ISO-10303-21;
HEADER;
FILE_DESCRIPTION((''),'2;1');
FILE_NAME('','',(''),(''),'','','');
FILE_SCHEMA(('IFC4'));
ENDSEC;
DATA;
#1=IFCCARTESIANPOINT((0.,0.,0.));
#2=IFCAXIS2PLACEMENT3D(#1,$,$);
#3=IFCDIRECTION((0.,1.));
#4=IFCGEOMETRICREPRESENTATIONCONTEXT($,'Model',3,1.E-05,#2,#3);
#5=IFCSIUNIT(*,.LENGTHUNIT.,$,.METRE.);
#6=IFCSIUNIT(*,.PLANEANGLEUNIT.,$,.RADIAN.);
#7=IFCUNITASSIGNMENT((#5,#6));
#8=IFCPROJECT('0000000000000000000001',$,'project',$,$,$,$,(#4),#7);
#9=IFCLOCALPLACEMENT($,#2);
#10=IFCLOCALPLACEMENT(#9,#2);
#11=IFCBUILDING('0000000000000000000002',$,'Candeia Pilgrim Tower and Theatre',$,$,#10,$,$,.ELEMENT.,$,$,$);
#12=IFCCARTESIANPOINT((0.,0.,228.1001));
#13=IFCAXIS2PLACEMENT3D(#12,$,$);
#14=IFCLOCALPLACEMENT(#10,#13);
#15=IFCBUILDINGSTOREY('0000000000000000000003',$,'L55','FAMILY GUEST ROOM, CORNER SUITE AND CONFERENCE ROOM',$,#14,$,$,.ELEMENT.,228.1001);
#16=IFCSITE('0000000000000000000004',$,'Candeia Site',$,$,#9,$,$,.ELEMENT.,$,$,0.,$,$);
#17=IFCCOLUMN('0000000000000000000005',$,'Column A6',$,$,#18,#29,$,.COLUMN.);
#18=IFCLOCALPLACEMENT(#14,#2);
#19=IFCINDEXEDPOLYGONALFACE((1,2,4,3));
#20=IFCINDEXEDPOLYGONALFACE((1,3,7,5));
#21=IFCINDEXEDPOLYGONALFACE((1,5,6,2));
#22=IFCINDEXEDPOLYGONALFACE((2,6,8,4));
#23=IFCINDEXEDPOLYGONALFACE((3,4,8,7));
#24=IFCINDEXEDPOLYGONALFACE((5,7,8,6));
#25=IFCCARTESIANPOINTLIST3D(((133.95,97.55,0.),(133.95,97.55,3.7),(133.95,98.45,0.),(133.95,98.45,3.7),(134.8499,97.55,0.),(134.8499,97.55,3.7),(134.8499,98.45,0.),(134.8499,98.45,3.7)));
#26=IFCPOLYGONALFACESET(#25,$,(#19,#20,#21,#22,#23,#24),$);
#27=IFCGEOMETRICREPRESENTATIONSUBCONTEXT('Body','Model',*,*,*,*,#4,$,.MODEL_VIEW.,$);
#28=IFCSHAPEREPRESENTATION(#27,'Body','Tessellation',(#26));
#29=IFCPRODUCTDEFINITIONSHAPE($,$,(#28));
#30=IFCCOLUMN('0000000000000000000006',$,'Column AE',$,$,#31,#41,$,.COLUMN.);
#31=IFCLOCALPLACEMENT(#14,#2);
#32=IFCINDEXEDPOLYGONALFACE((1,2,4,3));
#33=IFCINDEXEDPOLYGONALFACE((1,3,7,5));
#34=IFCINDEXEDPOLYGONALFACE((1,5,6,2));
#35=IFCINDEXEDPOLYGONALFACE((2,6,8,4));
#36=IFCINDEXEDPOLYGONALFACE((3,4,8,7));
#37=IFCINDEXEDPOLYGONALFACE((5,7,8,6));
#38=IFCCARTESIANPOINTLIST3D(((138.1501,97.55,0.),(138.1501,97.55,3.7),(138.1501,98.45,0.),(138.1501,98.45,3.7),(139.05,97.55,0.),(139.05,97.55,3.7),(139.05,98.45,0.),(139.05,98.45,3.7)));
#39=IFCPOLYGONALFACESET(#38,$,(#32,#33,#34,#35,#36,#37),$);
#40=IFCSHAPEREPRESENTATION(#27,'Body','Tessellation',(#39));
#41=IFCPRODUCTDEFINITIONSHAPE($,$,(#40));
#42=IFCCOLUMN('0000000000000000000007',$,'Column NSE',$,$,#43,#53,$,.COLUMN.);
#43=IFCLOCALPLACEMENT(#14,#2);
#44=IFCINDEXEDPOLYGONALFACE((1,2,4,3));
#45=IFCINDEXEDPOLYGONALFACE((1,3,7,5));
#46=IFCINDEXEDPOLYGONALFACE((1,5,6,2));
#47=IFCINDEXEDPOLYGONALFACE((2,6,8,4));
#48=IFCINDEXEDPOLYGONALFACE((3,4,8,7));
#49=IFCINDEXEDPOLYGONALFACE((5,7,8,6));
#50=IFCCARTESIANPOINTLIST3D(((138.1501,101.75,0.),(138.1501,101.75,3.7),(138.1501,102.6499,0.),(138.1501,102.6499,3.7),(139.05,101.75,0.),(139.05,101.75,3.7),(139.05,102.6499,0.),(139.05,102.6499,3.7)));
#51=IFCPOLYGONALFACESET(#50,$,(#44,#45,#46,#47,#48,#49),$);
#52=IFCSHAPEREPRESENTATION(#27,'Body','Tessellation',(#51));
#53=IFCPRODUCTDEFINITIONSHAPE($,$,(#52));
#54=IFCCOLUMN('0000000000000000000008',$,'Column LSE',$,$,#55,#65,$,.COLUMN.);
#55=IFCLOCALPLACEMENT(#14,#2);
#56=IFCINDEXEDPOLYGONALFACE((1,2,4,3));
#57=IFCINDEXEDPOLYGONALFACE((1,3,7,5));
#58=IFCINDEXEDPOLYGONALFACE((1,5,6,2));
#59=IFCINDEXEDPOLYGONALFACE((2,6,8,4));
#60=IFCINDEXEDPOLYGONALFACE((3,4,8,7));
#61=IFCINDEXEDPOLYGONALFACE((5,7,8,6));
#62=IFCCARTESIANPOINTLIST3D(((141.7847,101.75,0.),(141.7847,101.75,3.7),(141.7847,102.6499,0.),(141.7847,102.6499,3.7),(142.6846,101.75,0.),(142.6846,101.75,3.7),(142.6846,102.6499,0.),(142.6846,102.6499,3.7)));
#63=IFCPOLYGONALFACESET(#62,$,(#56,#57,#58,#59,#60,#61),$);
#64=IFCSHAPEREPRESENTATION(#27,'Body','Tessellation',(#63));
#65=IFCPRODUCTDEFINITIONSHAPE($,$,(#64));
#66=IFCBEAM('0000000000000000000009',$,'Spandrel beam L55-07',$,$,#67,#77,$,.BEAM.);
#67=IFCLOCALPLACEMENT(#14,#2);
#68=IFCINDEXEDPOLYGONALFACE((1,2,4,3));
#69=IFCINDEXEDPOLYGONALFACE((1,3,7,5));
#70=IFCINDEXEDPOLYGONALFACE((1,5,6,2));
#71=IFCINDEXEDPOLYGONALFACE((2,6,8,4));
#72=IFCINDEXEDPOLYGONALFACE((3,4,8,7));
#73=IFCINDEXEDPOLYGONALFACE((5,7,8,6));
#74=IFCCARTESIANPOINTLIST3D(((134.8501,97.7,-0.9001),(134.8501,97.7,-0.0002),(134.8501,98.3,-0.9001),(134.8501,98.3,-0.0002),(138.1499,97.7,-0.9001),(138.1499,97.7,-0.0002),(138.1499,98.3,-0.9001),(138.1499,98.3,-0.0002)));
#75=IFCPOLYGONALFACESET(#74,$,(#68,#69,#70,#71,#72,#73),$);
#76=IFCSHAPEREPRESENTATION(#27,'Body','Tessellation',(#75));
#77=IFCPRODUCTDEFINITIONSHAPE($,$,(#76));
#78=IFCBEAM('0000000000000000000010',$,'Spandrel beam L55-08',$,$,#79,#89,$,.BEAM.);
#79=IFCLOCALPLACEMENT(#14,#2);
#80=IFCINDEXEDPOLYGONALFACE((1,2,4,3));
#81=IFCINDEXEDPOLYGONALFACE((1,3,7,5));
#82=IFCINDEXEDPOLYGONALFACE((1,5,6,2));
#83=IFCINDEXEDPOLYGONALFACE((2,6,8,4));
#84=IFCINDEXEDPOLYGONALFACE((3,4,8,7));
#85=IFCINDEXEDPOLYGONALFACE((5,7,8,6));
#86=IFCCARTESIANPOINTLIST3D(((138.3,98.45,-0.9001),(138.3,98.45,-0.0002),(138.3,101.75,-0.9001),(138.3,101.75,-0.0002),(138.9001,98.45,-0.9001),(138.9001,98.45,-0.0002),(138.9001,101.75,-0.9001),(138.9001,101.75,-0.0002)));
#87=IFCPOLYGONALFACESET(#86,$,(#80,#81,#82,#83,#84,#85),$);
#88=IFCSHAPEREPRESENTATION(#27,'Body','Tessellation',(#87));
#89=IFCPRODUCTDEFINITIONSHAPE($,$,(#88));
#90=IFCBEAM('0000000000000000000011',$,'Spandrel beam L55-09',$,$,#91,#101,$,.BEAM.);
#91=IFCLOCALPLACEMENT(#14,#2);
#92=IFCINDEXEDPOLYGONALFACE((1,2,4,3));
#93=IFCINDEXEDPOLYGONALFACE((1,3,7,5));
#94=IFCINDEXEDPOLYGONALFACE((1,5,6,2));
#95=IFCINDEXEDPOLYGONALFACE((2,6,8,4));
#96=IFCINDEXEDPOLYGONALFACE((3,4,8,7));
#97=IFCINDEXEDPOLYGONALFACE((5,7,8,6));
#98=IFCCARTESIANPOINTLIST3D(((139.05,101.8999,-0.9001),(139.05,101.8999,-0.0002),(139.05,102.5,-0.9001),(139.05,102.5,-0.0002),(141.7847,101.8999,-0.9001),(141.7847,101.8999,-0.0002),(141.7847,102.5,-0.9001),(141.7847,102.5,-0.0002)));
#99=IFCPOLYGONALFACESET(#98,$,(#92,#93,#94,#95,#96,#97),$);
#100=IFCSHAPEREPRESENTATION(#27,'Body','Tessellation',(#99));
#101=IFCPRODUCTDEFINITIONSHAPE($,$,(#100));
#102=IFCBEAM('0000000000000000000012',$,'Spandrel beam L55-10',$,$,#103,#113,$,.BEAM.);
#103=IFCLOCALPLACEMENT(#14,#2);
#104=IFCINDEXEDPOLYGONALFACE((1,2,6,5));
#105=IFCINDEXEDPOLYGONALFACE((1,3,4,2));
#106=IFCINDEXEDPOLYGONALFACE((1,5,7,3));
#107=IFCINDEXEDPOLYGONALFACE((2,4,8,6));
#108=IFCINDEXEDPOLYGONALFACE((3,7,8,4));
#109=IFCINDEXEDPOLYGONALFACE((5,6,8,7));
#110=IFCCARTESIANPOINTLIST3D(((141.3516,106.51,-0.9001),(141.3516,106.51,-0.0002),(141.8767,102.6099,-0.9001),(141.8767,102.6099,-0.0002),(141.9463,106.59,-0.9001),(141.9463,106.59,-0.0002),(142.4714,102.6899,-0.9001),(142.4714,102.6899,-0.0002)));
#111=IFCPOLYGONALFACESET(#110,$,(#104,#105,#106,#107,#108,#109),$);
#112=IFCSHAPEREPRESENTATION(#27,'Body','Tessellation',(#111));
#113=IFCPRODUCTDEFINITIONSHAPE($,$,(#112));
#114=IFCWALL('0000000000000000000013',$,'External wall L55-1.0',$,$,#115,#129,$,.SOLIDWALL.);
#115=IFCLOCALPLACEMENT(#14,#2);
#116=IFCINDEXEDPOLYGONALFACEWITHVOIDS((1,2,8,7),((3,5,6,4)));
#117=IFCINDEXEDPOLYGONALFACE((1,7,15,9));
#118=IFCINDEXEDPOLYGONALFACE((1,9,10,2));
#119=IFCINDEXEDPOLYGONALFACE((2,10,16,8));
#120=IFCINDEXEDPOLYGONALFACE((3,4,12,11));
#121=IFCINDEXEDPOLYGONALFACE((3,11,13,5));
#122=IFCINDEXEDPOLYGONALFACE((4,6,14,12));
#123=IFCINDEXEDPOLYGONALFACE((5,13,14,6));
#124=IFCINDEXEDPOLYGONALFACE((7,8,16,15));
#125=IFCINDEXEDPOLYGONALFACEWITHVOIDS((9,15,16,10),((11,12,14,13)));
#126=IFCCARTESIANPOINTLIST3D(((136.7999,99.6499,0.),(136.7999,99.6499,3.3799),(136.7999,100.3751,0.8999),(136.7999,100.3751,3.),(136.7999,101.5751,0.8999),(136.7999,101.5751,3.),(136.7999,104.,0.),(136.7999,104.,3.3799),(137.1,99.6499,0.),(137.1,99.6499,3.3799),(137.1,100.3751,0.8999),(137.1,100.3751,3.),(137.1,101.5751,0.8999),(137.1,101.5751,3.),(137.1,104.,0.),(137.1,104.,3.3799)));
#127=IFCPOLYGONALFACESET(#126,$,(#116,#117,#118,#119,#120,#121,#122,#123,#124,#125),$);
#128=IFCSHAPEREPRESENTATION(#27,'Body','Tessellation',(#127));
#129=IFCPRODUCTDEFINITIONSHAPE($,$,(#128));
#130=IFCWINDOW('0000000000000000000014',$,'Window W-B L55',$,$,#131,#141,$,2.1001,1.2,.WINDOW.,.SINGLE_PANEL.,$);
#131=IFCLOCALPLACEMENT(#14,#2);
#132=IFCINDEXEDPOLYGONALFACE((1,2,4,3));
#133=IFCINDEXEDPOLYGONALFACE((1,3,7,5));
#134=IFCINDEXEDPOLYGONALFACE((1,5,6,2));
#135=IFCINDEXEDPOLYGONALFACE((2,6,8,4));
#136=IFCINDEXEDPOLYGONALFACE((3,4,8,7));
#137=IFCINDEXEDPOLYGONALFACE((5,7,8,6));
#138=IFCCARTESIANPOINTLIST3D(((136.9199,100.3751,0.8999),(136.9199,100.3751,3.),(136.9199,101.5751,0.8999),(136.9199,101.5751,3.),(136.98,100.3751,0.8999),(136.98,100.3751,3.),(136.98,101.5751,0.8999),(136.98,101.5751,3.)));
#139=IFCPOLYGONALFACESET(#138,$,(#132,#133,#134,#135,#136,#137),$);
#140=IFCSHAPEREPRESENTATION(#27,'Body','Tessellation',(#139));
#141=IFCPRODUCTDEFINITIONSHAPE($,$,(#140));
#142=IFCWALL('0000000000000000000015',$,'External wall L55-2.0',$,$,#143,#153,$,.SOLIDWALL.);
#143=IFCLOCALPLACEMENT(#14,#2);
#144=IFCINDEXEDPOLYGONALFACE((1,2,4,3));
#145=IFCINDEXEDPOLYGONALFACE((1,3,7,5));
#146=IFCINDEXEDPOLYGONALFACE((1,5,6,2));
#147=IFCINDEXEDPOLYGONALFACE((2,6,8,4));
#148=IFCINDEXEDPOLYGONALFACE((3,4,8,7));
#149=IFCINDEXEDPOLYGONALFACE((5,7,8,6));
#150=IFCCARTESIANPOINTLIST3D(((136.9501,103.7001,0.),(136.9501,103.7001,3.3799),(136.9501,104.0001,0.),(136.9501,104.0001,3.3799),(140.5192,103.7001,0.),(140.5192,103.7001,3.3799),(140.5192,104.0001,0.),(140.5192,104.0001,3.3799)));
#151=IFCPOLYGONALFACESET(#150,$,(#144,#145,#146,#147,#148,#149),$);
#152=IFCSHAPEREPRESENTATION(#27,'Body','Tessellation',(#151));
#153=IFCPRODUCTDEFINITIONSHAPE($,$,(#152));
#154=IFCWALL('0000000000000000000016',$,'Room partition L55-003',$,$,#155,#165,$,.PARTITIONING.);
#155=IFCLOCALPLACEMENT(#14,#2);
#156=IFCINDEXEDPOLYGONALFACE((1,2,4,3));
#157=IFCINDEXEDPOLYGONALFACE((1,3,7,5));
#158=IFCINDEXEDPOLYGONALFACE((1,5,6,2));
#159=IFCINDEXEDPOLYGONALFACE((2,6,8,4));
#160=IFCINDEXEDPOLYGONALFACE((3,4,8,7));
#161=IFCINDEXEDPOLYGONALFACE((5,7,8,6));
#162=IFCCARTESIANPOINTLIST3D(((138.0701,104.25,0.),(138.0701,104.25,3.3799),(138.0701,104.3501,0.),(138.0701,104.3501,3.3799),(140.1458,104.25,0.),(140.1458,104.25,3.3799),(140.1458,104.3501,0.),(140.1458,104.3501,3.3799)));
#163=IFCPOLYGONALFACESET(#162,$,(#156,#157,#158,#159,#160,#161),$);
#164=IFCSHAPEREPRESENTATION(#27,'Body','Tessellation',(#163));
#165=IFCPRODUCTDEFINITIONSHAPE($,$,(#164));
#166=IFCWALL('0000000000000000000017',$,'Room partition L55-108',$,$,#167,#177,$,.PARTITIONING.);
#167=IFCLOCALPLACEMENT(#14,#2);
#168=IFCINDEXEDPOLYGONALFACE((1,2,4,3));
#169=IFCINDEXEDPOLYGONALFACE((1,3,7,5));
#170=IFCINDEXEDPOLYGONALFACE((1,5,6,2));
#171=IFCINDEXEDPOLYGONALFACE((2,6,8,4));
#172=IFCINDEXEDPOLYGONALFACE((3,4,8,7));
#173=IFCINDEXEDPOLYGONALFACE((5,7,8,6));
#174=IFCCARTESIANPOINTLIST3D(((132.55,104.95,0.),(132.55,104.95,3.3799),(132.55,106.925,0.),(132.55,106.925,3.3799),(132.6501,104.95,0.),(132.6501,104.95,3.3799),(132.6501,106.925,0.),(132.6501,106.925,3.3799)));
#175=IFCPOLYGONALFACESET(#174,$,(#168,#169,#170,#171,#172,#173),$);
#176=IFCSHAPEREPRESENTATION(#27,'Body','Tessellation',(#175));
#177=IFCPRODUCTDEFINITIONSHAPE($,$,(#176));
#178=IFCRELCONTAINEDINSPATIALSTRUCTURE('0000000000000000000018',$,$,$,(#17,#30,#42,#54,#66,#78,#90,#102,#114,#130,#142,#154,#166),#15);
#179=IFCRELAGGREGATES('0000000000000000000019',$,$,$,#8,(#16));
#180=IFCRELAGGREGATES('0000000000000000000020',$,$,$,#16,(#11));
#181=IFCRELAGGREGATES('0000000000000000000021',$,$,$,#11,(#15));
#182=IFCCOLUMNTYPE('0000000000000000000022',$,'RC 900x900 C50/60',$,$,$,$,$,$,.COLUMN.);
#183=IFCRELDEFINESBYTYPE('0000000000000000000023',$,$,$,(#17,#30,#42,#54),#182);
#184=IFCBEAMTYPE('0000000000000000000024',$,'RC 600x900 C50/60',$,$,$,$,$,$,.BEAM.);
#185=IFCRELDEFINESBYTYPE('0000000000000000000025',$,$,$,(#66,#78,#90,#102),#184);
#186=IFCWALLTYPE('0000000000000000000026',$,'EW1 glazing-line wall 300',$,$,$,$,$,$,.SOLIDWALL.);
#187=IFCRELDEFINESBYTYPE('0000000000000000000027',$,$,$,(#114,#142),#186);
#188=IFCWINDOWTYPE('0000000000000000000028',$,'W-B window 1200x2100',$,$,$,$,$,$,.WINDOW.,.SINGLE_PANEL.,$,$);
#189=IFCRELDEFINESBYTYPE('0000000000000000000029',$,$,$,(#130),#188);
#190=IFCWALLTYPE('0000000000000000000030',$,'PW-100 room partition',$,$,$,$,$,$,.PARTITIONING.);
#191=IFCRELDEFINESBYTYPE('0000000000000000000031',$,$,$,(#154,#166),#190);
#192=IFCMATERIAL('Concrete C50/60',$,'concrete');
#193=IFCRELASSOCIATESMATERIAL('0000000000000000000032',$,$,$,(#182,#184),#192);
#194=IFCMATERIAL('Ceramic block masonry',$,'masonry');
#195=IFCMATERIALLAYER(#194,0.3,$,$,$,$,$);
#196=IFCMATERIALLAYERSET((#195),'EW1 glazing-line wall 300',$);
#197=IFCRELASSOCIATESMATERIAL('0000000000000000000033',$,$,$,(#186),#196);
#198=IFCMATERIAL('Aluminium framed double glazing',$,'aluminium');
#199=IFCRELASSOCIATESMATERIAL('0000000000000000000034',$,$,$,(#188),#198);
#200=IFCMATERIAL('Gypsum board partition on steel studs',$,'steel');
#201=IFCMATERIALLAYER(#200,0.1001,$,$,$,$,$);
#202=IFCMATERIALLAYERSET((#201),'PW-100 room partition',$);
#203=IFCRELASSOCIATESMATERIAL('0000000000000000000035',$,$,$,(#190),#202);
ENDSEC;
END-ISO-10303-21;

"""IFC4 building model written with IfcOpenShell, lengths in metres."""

from ifc_helpers import new_model, si_unit, direction, frame, frame_2d, origin, origin_2d, place, context, subcontext, project, spatial, rectangle, extrude, material, layer, layer_set, material_profile, profile_set, type_object, element, fill, save


model = new_model("IFC4")

# Units and contexts
model_context = context("Model", 3, precision=1e-05, world=origin(), true_north=direction((0.0, 1.0)))
body_context = subcontext(model_context, "Body", "Model", "MODEL_VIEW")
ifc_project = project(units=[si_unit("LENGTHUNIT", "METRE"), si_unit("PLANEANGLEUNIT", "RADIAN")], contexts=[model_context])

# Site, building, storey
site_placement = place(None, origin())
site = spatial("IfcSite", under=ifc_project, at=site_placement, Name="Candeia Site", CompositionType="ELEMENT", RefElevation=0.0)
building_placement = place(site_placement, origin())
building = spatial("IfcBuilding", under=site, at=building_placement, Name="Candeia Pilgrim Tower and Theatre", CompositionType="ELEMENT")
storey_placement = place(building_placement, frame((0.0, 0.0, 228.1001)))
storey = spatial("IfcBuildingStorey", under=building, at=storey_placement, Name="L55", Description="FAMILY GUEST ROOM, CORNER SUITE AND CONFERENCE ROOM", CompositionType="ELEMENT", Elevation=228.1001)

# Columns
ifc_material_1 = material(Name="Concrete C50/60", Category="concrete")
ifc_material_profile_1 = material_profile(ifc_material_1, rectangle(XDim=0.8999, YDim=0.8999, at=origin_2d()))
ifc_profile_set_1 = profile_set([ifc_material_profile_1], Name="Concrete C50/60")
column_type = type_object("IfcColumnType", Name="RC 900x900 C50/60", PredefinedType="COLUMN", material=ifc_profile_set_1)
for number, where, z_axis, x_axis, name in (
    (1, (134.3999, 98.0, 0.0), (0.0, 0.0, 1.0), (1.0, 0.0, 0.0), "Column A6"),
    (2, (138.6001, 98.0, 0.0), (0.0, 0.0, 1.0), (1.0, 0.0, 0.0), "Column AE"),
    (3, (138.6001, 102.2, 0.0), (0.0, 0.0, 1.0), (1.0, 0.0, 0.0), "Column NSE"),
    (4, (142.2346, 102.2, 0.0), (0.0, 0.0, 1.0), (1.0, 0.0, 0.0), "Column LSE"),
):
    element("IfcColumn", number, at=place(storey_placement, frame(where, z_axis=z_axis, x_axis=x_axis)), inside=storey, type_object=column_type, Name=name, PredefinedType="COLUMN", context=body_context, shape_type="SweptSolid", body=[
        extrude(rectangle(XDim=0.8999, YDim=0.8999, at=origin_2d()), origin(), (0.0, 0.0, 1.0), 3.7),
    ])

# Beams
ifc_material_profile_2 = material_profile(ifc_material_1, rectangle(XDim=0.6001, YDim=0.8999, at=origin_2d()))
ifc_profile_set_2 = profile_set([ifc_material_profile_2], Name="Concrete C50/60")
beam_type = type_object("IfcBeamType", Name="RC 600x900 C50/60", PredefinedType="BEAM", material=ifc_profile_set_2)
beam_1_placement = place(storey_placement, frame((134.8501, 98.0, -0.4502), z_axis=(1.0, 0.0, 0.0), x_axis=(0.0, 1.0, 0.0)))
element("IfcBeam", 5, at=beam_1_placement, inside=storey, type_object=beam_type, Name="Spandrel beam L55-07", PredefinedType="BEAM", context=body_context, shape_type="SweptSolid", body=[
    extrude(rectangle(XDim=0.6001, YDim=0.8999, at=origin_2d()), origin(), (0.0, 0.0, 1.0), 3.2998),
])
beam_2_placement = place(storey_placement, frame((138.6001, 98.45, -0.4502), z_axis=(0.0, 1.0, 0.0), x_axis=(-1.0, 0.0, 0.0)))
element("IfcBeam", 6, at=beam_2_placement, inside=storey, type_object=beam_type, Name="Spandrel beam L55-08", PredefinedType="BEAM", context=body_context, shape_type="SweptSolid", body=[
    extrude(rectangle(XDim=0.6001, YDim=0.8999, at=origin_2d()), origin(), (0.0, 0.0, 1.0), 3.3),
])
beam_3_placement = place(storey_placement, frame((139.05, 102.2, -0.4502), z_axis=(1.0, 0.0, 0.0), x_axis=(0.0, 1.0, 0.0)))
element("IfcBeam", 7, at=beam_3_placement, inside=storey, type_object=beam_type, Name="Spandrel beam L55-09", PredefinedType="BEAM", context=body_context, shape_type="SweptSolid", body=[
    extrude(rectangle(XDim=0.6001, YDim=0.8999, at=origin_2d()), origin(), (0.0, 0.0, 1.0), 2.7346),
])
beam_4_placement = place(storey_placement, frame((142.1741, 102.6499, -0.4502), z_axis=(-0.133444, 0.991056, 0.0), x_axis=(-0.991056, -0.133444, 0.0)))
element("IfcBeam", 8, at=beam_4_placement, inside=storey, type_object=beam_type, Name="Spandrel beam L55-10", PredefinedType="BEAM", context=body_context, shape_type="SweptSolid", body=[
    extrude(rectangle(XDim=0.6001, YDim=0.8999, at=origin_2d()), origin(), (0.0, 0.0, 1.0), 3.9353),
])

# Wall, opening, window
ifc_material_2 = material(Name="Ceramic block masonry", Category="masonry")
ifc_layer_1 = layer(ifc_material_2, 0.3)
ifc_layer_set_1 = layer_set([ifc_layer_1], Name="EW1 glazing-line wall 300")
wall_type_1 = type_object("IfcWallType", Name="EW1 glazing-line wall 300", PredefinedType="SOLIDWALL", material=ifc_layer_set_1)
wall_1_placement = place(storey_placement, frame((136.95, 99.6499, 0.0), z_axis=(0.0, 0.0, 1.0), x_axis=(0.0, 1.0, 0.0)))
wall_1 = element("IfcWall", 9, at=wall_1_placement, inside=storey, type_object=wall_type_1, Name="External wall L55-1.0", PredefinedType="SOLIDWALL", context=body_context, shape_type="SweptSolid", body=[
    extrude(rectangle(XDim=4.3501, YDim=0.3, at=frame_2d((2.175, 0.0))), origin(), (0.0, 0.0, 1.0), 3.3799),
])
opening_1_placement = place(wall_1_placement, frame((0.7251, 0.0, 0.8999)))
opening_1 = element("IfcOpeningElement", 10, at=opening_1_placement, cuts=wall_1, PredefinedType="OPENING", context=body_context, shape_type="SweptSolid", body=[
    extrude(rectangle(XDim=1.2, YDim=2.1001, at=frame_2d((0.6001, 1.05))), frame((0.0, 0.1602, 0.0), z_axis=(0.0, -1.0, 0.0), x_axis=(1.0, 0.0, 0.0)), (0.0, 0.0, 1.0), 0.3201),
])
ifc_material_3 = material(Name="Aluminium framed double glazing", Category="aluminium")
window_type = type_object("IfcWindowType", Name="W-B window 1200x2100", PartitioningType="SINGLE_PANEL", PredefinedType="WINDOW", material=ifc_material_3)
window_1_placement = place(opening_1_placement, origin())
window_1 = element("IfcWindow", 11, at=window_1_placement, inside=storey, type_object=window_type, Name="Window W-B L55", OverallHeight=2.1001, OverallWidth=1.2, PartitioningType="SINGLE_PANEL", PredefinedType="WINDOW", context=body_context, shape_type="SweptSolid", body=[
    extrude(rectangle(XDim=1.2, YDim=2.1001, at=frame_2d((0.6001, 1.05))), frame((0.0, 0.03, 0.0), z_axis=(0.0, -1.0, 0.0), x_axis=(1.0, 0.0, 0.0)), (0.0, 0.0, 1.0), 0.0601),
])
fill(opening_1, window_1)

# Wall
wall_2_placement = place(storey_placement, frame((136.95, 103.8501, 0.0), z_axis=(0.0, 0.0, 1.0), x_axis=(1.0, 0.0, 0.0)))
element("IfcWall", 12, at=wall_2_placement, inside=storey, type_object=wall_type_1, Name="External wall L55-2.0", PredefinedType="SOLIDWALL", context=body_context, shape_type="SweptSolid", body=[
    extrude(rectangle(XDim=3.5691, YDim=0.3, at=frame_2d((1.7847, 0.0))), origin(), (0.0, 0.0, 1.0), 3.3799),
])

# Walls
ifc_material_4 = material(Name="Gypsum board partition on steel studs", Category="steel")
ifc_layer_2 = layer(ifc_material_4, 0.1001)
ifc_layer_set_2 = layer_set([ifc_layer_2], Name="PW-100 room partition")
wall_type_2 = type_object("IfcWallType", Name="PW-100 room partition", PredefinedType="PARTITIONING", material=ifc_layer_set_2)
wall_3_placement = place(storey_placement, frame((138.0701, 104.3, 0.0), z_axis=(0.0, 0.0, 1.0), x_axis=(1.0, 0.0, 0.0)))
element("IfcWall", 13, at=wall_3_placement, inside=storey, type_object=wall_type_2, Name="Room partition L55-003", PredefinedType="PARTITIONING", context=body_context, shape_type="SweptSolid", body=[
    extrude(rectangle(XDim=2.0757, YDim=0.1001, at=frame_2d((1.0378, 0.0))), origin(), (0.0, 0.0, 1.0), 3.3799),
])
wall_4_placement = place(storey_placement, frame((132.6001, 104.95, 0.0), z_axis=(0.0, 0.0, 1.0), x_axis=(0.0, 1.0, 0.0)))
element("IfcWall", 14, at=wall_4_placement, inside=storey, type_object=wall_type_2, Name="Room partition L55-108", PredefinedType="PARTITIONING", context=body_context, shape_type="SweptSolid", body=[
    extrude(rectangle(XDim=1.9751, YDim=0.1001, at=frame_2d((0.9875, 0.0))), origin(), (0.0, 0.0, 1.0), 3.3799),
])

save(model, "model.ifc")
